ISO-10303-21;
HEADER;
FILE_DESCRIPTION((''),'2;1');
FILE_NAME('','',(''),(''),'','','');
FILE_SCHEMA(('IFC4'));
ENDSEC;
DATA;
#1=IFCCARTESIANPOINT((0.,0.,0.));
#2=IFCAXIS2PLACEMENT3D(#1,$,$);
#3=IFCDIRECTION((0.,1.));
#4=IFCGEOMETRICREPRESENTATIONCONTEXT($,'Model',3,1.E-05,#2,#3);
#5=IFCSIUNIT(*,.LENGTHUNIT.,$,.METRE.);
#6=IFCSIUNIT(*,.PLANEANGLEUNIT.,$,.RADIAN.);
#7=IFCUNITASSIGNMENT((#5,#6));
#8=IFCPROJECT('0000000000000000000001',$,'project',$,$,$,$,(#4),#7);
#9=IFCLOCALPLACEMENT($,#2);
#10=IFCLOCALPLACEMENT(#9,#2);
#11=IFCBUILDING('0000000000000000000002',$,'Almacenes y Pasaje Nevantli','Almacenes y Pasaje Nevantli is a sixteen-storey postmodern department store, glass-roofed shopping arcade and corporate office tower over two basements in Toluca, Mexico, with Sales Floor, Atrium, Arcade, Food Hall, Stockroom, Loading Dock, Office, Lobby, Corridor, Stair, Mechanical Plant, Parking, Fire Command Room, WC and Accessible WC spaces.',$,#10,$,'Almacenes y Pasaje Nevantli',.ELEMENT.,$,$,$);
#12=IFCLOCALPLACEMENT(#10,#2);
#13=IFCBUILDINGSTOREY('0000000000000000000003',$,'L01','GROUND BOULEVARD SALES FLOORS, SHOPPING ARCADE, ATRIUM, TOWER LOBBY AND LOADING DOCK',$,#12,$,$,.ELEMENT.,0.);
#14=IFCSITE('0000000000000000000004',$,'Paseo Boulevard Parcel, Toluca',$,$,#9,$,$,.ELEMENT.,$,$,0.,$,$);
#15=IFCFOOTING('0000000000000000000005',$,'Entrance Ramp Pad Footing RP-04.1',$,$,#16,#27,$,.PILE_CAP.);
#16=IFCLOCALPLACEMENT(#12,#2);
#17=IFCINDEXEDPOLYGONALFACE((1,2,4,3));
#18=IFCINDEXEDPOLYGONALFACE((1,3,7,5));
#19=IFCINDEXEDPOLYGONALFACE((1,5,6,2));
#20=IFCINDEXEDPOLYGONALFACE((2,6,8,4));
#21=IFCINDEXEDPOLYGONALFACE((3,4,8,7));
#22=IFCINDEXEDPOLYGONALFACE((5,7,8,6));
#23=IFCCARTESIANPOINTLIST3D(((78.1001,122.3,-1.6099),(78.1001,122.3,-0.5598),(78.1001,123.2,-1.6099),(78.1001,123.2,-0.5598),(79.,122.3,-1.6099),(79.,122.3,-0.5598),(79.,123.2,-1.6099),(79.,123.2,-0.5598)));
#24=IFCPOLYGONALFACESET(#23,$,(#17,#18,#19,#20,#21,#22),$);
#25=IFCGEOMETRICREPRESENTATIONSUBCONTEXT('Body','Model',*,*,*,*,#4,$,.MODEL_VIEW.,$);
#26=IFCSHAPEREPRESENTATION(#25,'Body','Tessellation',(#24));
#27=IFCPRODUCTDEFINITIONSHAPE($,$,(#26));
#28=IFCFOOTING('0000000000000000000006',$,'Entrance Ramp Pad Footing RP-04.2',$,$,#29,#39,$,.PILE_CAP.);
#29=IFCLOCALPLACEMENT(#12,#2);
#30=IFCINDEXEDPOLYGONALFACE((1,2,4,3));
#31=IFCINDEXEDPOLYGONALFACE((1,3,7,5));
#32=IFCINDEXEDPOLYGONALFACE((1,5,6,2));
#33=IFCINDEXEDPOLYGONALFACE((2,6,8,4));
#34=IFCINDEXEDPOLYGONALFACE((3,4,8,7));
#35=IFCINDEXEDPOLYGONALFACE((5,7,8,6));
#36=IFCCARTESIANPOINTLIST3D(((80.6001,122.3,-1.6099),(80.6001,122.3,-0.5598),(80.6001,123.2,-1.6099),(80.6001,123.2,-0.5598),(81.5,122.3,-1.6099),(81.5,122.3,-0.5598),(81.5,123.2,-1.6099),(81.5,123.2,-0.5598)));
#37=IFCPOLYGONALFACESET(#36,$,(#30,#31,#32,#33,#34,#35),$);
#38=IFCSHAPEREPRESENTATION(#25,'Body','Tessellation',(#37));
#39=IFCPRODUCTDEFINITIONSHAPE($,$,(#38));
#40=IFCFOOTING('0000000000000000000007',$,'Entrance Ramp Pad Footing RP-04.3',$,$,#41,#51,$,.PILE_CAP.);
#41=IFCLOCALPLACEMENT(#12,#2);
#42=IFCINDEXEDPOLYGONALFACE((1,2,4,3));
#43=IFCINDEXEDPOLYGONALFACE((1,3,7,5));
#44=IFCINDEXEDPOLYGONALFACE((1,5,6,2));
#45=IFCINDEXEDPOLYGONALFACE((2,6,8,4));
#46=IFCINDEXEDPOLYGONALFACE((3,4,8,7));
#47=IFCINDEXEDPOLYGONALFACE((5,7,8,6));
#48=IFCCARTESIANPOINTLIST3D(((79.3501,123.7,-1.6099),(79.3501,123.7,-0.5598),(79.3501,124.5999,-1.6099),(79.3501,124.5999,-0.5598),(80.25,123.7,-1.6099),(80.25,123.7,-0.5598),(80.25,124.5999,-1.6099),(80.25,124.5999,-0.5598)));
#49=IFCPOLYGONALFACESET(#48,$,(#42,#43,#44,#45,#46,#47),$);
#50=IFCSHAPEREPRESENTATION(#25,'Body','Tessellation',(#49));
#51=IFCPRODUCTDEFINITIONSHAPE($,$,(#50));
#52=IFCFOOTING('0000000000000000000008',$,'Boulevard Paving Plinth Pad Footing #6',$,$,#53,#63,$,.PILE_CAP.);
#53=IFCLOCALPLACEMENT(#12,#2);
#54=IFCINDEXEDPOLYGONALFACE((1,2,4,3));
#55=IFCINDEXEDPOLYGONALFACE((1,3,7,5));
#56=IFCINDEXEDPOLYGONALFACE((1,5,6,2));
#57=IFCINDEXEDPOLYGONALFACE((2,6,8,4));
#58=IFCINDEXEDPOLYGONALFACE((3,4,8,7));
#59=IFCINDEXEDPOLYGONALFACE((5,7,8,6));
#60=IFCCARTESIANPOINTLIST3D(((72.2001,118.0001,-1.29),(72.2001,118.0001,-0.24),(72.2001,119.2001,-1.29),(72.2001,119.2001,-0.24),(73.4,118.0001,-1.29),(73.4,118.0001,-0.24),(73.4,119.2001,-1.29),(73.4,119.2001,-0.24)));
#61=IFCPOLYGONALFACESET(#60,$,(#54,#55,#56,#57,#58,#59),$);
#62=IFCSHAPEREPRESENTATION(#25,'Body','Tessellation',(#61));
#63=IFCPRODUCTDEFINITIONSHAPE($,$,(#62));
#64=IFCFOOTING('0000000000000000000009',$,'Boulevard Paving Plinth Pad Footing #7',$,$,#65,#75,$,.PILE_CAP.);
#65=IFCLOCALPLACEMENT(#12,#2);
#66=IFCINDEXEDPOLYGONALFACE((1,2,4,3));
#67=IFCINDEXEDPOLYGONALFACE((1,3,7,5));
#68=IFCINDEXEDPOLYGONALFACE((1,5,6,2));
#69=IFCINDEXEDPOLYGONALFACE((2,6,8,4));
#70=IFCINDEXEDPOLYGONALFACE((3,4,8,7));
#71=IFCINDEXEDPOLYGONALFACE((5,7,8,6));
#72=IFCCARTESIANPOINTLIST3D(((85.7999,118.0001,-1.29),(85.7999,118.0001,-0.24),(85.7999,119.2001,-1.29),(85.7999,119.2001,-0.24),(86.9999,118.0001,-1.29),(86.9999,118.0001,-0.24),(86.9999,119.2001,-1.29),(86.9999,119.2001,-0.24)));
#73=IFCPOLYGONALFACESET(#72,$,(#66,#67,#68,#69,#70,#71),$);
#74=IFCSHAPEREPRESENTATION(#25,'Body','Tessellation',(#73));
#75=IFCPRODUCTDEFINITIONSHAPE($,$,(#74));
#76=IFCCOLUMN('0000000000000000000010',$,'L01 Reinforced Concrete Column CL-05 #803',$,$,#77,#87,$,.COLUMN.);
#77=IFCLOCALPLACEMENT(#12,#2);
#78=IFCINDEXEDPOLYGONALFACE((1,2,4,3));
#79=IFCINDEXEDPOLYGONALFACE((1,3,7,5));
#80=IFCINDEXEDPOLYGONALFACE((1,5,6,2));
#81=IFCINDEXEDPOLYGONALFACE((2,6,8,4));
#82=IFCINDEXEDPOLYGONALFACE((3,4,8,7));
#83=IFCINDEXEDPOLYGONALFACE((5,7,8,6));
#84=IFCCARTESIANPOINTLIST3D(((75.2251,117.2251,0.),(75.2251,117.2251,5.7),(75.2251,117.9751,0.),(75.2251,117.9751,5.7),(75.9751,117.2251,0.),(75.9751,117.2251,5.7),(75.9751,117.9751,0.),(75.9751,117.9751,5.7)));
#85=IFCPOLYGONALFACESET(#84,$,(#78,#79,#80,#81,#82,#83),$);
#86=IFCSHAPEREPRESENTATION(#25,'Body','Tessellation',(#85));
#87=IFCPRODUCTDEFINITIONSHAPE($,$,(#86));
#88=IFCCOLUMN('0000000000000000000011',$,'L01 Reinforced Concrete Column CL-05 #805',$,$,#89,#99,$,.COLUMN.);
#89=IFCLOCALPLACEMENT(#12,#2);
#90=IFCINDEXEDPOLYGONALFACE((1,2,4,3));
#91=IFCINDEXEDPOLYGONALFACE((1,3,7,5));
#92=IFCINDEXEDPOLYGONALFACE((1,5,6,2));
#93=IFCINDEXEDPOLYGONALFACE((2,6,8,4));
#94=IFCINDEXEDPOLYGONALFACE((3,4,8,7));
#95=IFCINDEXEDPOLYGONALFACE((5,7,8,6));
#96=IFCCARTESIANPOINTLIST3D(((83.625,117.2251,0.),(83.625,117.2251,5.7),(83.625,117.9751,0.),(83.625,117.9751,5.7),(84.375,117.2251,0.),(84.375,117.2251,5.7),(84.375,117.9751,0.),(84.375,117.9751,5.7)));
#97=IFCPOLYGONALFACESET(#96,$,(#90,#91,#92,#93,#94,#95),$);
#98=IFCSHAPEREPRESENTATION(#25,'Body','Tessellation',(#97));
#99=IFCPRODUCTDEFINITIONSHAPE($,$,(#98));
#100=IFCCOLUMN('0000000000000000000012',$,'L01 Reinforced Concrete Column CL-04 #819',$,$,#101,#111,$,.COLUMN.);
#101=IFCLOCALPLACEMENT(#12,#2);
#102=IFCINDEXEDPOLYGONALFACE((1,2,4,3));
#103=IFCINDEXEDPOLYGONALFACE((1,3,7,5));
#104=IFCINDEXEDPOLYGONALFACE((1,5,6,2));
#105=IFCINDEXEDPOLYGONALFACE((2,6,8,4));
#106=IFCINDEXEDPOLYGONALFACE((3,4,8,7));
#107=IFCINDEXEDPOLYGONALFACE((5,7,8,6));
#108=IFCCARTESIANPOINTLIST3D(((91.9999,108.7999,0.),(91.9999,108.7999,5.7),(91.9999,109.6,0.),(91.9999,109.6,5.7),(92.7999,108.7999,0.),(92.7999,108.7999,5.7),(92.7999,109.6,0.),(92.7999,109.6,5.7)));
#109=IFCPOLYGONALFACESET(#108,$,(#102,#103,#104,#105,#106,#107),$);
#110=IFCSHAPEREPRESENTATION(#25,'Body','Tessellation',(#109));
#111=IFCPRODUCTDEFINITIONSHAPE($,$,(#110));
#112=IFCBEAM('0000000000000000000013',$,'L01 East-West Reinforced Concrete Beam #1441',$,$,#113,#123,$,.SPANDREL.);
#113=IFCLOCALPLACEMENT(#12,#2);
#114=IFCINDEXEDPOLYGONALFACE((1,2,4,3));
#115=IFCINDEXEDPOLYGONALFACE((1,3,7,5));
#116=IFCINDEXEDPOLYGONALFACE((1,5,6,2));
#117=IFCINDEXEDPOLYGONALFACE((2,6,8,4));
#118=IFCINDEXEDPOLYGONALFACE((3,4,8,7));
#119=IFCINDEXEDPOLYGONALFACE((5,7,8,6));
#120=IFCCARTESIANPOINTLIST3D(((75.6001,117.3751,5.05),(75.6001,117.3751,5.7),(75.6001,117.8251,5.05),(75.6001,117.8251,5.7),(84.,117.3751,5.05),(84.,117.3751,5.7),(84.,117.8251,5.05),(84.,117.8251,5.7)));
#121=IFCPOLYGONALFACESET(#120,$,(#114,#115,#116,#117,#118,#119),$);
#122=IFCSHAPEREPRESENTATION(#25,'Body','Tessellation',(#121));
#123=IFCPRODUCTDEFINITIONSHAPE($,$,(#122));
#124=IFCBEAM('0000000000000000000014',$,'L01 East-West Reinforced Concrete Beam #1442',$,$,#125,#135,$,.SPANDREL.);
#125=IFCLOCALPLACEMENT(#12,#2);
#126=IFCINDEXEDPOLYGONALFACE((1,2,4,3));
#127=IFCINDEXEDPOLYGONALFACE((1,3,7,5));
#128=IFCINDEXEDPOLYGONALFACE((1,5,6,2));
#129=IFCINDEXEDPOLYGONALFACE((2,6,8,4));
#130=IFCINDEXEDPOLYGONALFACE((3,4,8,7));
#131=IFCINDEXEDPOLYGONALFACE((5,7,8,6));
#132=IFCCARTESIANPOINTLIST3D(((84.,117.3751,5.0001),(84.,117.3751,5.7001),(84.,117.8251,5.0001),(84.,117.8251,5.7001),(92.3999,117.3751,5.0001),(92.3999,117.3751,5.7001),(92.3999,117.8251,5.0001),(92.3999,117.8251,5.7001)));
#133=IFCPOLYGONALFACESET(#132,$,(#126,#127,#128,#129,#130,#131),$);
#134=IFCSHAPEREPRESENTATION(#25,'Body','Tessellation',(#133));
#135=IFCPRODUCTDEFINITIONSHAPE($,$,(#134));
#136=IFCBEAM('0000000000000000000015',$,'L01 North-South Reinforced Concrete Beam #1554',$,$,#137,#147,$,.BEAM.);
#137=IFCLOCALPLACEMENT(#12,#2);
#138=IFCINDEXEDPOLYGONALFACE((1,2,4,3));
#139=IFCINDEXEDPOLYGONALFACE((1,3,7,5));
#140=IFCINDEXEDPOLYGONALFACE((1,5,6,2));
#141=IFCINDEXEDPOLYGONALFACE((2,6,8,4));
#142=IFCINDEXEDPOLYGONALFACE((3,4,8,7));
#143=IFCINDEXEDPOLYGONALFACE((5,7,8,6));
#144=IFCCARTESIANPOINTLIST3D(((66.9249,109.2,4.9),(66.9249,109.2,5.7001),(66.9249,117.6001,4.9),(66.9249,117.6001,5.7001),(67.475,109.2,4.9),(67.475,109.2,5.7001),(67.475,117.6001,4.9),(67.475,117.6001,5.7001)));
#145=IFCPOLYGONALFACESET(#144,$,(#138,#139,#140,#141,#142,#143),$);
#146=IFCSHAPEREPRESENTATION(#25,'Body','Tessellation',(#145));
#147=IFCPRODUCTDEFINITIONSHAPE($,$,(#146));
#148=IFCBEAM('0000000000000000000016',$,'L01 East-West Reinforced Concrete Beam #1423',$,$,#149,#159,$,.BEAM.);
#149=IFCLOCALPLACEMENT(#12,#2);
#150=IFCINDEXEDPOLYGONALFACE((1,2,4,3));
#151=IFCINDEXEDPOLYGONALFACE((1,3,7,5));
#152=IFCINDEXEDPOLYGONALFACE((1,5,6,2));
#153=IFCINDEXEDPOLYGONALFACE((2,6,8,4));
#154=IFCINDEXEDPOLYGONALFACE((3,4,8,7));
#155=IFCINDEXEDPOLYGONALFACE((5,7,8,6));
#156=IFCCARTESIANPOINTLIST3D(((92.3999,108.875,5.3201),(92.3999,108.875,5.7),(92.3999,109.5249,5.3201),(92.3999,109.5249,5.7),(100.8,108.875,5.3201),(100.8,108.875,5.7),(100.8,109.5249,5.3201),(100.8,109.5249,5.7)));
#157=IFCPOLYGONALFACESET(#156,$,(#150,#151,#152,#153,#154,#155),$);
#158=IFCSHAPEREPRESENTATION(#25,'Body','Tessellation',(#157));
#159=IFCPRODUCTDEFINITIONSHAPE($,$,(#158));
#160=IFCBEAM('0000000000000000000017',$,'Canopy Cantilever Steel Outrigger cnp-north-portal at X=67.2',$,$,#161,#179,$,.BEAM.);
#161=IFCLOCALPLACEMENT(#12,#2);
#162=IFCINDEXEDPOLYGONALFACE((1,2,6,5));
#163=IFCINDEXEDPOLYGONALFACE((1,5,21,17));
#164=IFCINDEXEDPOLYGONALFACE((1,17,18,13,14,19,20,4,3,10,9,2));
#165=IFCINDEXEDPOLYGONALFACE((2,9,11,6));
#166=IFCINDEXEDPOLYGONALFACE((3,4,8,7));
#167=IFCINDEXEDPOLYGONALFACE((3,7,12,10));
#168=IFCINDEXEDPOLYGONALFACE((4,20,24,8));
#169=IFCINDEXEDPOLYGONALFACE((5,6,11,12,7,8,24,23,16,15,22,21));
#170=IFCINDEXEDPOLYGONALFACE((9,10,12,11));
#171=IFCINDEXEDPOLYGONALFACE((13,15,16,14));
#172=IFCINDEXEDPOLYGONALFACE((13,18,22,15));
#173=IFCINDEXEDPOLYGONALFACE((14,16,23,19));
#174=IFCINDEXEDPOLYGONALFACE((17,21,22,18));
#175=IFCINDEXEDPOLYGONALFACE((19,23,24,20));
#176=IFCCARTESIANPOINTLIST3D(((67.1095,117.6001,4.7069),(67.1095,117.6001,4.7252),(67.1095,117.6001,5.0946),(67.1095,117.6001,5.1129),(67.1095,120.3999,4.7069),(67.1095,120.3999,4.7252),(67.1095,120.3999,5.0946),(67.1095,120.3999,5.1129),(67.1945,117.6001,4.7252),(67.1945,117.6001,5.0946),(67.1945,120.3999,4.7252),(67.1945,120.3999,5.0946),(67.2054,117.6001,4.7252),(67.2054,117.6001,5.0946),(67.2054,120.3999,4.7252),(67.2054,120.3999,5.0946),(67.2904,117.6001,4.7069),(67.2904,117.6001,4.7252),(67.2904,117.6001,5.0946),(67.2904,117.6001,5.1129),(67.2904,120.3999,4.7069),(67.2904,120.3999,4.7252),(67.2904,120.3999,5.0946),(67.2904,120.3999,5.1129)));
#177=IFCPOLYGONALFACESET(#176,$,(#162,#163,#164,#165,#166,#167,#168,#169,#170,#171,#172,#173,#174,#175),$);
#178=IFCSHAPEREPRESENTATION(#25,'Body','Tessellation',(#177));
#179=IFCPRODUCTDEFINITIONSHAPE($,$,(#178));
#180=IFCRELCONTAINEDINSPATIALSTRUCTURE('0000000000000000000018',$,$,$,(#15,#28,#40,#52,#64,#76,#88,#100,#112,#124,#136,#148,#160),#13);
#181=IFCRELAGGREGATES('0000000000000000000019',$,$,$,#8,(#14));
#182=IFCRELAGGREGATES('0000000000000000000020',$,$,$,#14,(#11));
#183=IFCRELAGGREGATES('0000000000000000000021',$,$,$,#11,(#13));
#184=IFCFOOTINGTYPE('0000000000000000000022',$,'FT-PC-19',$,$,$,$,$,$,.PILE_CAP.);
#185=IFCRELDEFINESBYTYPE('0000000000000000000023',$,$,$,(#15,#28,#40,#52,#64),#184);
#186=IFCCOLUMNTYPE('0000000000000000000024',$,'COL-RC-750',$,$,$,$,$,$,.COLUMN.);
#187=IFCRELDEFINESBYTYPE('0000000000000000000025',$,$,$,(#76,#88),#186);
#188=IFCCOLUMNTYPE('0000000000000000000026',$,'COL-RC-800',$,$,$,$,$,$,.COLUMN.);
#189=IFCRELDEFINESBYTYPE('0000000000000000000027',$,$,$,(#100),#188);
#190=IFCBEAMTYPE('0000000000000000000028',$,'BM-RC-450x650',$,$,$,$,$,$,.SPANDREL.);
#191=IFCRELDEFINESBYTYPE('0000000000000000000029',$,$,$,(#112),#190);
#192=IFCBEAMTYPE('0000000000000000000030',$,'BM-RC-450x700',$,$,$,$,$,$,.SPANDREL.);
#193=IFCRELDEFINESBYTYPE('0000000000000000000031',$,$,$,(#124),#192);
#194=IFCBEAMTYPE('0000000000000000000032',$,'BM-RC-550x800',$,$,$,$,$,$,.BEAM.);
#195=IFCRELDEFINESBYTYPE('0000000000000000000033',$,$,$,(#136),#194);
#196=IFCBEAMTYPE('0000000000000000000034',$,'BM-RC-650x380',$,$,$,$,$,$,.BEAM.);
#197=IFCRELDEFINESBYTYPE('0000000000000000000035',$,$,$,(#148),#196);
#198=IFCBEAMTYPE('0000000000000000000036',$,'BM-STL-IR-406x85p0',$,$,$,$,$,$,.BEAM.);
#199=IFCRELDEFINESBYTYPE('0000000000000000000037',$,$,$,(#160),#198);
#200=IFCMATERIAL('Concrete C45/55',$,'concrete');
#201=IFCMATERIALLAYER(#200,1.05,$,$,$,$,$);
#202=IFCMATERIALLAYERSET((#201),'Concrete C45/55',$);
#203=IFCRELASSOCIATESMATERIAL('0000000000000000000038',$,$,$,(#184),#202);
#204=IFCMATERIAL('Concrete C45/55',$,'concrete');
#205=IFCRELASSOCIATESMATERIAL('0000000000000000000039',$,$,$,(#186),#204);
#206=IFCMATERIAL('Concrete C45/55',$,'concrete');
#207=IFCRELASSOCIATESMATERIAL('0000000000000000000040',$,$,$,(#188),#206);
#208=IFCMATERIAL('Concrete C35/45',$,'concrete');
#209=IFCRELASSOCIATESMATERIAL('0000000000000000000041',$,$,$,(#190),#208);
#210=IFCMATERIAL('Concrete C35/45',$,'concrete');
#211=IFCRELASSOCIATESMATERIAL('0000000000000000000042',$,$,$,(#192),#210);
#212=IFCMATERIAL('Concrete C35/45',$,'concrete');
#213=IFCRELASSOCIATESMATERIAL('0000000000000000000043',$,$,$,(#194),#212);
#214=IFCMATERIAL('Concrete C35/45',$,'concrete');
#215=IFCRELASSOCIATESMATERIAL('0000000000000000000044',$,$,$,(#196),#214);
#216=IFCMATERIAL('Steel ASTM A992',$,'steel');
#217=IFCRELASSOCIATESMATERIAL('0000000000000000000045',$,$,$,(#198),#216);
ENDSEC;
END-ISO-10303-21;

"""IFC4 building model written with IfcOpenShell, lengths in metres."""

from ifc_helpers import new_model, si_unit, direction, frame, origin, origin_2d, place, context, subcontext, project, spatial, rectangle, i_section, extrude, material, layer, layer_set, material_profile, profile_set, type_object, element, save


model = new_model("IFC4")

# Units and contexts
model_context = context("Model", 3, precision=1e-05, world=origin(), true_north=direction((0.0, 1.0)))
body_context = subcontext(model_context, "Body", "Model", "MODEL_VIEW")
ifc_project = project(units=[si_unit("LENGTHUNIT", "METRE"), si_unit("PLANEANGLEUNIT", "RADIAN")], contexts=[model_context])

# Site, building, storey
site_placement = place(None, origin())
site = spatial("IfcSite", under=ifc_project, at=site_placement, Name="Paseo Boulevard Parcel, Toluca", CompositionType="ELEMENT", RefElevation=0.0)
building_placement = place(site_placement, origin())
building = spatial("IfcBuilding", under=site, at=building_placement, Name="Almacenes y Pasaje Nevantli", Description="Almacenes y Pasaje Nevantli is a sixteen-storey postmodern department store, glass-roofed shopping arcade and corporate office tower over two basements in Toluca, Mexico, with Sales Floor, Atrium, Arcade, Food Hall, Stockroom, Loading Dock, Office, Lobby, Corridor, Stair, Mechanical Plant, Parking, Fire Command Room, WC and Accessible WC spaces.", LongName="Almacenes y Pasaje Nevantli", CompositionType="ELEMENT")
storey_placement = place(building_placement, origin())
storey = spatial("IfcBuildingStorey", under=building, at=storey_placement, Name="L01", Description="GROUND BOULEVARD SALES FLOORS, SHOPPING ARCADE, ATRIUM, TOWER LOBBY AND LOADING DOCK", CompositionType="ELEMENT", Elevation=0.0)

# Footings
ifc_material_1 = material(Name="Concrete C45/55", Category="concrete")
ifc_layer_1 = layer(ifc_material_1, 1.05)
ifc_layer_set_1 = layer_set([ifc_layer_1], Name="Concrete C45/55")
footing_type = type_object("IfcFootingType", Name="FT-PC-19", PredefinedType="PILE_CAP", material=ifc_layer_set_1)
for number, where, z_axis, x_axis, name in (
    (1, (78.55, 122.75, -1.6099), (0.0, 0.0, 1.0), (1.0, 0.0, 0.0), "Entrance Ramp Pad Footing RP-04.1"),
    (2, (81.05, 122.75, -1.6099), (0.0, 0.0, 1.0), (1.0, 0.0, 0.0), "Entrance Ramp Pad Footing RP-04.2"),
    (3, (79.8, 124.1499, -1.6099), (0.0, 0.0, 1.0), (1.0, 0.0, 0.0), "Entrance Ramp Pad Footing RP-04.3"),
):
    element("IfcFooting", number, at=place(storey_placement, frame(where, z_axis=z_axis, x_axis=x_axis)), inside=storey, type_object=footing_type, Name=name, PredefinedType="PILE_CAP", context=body_context, shape_type="SweptSolid", body=[
        extrude(rectangle(XDim=0.8999, YDim=0.8999, at=origin_2d()), origin(), (0.0, 0.0, 1.0), 1.05),
    ])
for number, where, z_axis, x_axis, name in (
    (4, (72.8, 118.6001, -1.29), (0.0, 0.0, 1.0), (1.0, 0.0, 0.0), "Boulevard Paving Plinth Pad Footing #6"),
    (5, (86.3999, 118.6001, -1.29), (0.0, 0.0, 1.0), (1.0, 0.0, 0.0), "Boulevard Paving Plinth Pad Footing #7"),
):
    element("IfcFooting", number, at=place(storey_placement, frame(where, z_axis=z_axis, x_axis=x_axis)), inside=storey, type_object=footing_type, Name=name, PredefinedType="PILE_CAP", context=body_context, shape_type="SweptSolid", body=[
        extrude(rectangle(XDim=1.2, YDim=1.2, at=origin_2d()), origin(), (0.0, 0.0, 1.0), 1.05),
    ])

# Columns
ifc_material_2 = material(Name="Concrete C45/55", Category="concrete")
ifc_material_profile_1 = material_profile(ifc_material_2, rectangle(XDim=0.75, YDim=0.75, at=origin_2d()), Name="RC-COL-750x750")
ifc_profile_set_1 = profile_set([ifc_material_profile_1], Name="Concrete C45/55")
column_type_1 = type_object("IfcColumnType", Name="COL-RC-750", PredefinedType="COLUMN", material=ifc_profile_set_1)
for number, where, z_axis, x_axis, name in (
    (6, (75.6001, 117.6001, 0.0), (0.0, 0.0, 1.0), (1.0, 0.0, 0.0), "L01 Reinforced Concrete Column CL-05 #803"),
    (7, (84.0, 117.6001, 0.0), (0.0, 0.0, 1.0), (1.0, 0.0, 0.0), "L01 Reinforced Concrete Column CL-05 #805"),
):
    element("IfcColumn", number, at=place(storey_placement, frame(where, z_axis=z_axis, x_axis=x_axis)), inside=storey, type_object=column_type_1, Name=name, PredefinedType="COLUMN", context=body_context, shape_type="SweptSolid", body=[
        extrude(rectangle(XDim=0.75, YDim=0.75, at=origin_2d()), origin(), (0.0, 0.0, 1.0), 5.7),
    ])
ifc_material_3 = material(Name="Concrete C45/55", Category="concrete")
ifc_material_profile_2 = material_profile(ifc_material_3, rectangle(XDim=0.8, YDim=0.8, at=origin_2d()), Name="RC-COL-800x800")
ifc_profile_set_2 = profile_set([ifc_material_profile_2], Name="Concrete C45/55")
column_type_2 = type_object("IfcColumnType", Name="COL-RC-800", PredefinedType="COLUMN", material=ifc_profile_set_2)
column_placement = place(storey_placement, frame((92.3999, 109.2, 0.0), z_axis=(0.0, 0.0, 1.0), x_axis=(1.0, 0.0, 0.0)))
element("IfcColumn", 8, at=column_placement, inside=storey, type_object=column_type_2, Name="L01 Reinforced Concrete Column CL-04 #819", PredefinedType="COLUMN", context=body_context, shape_type="SweptSolid", body=[
    extrude(rectangle(XDim=0.8, YDim=0.8, at=origin_2d()), origin(), (0.0, 0.0, 1.0), 5.7),
])

# Beams
ifc_material_4 = material(Name="Concrete C35/45", Category="concrete")
ifc_material_profile_3 = material_profile(ifc_material_4, rectangle(XDim=0.45, YDim=0.6499, at=origin_2d()), Name="RC-BM-450x650")
ifc_profile_set_3 = profile_set([ifc_material_profile_3], Name="Concrete C35/45")
beam_type_1 = type_object("IfcBeamType", Name="BM-RC-450x650", PredefinedType="SPANDREL", material=ifc_profile_set_3)
beam_1_placement = place(storey_placement, frame((75.6001, 117.6001, 5.375), z_axis=(1.0, 0.0, 0.0), x_axis=(0.0, 1.0, 0.0)))
element("IfcBeam", 9, at=beam_1_placement, inside=storey, type_object=beam_type_1, Name="L01 East-West Reinforced Concrete Beam #1441", PredefinedType="SPANDREL", context=body_context, shape_type="SweptSolid", body=[
    extrude(rectangle(XDim=0.45, YDim=0.6499, at=origin_2d()), origin(), (0.0, 0.0, 1.0), 8.3999),
])
ifc_material_5 = material(Name="Concrete C35/45", Category="concrete")
ifc_material_profile_4 = material_profile(ifc_material_5, rectangle(XDim=0.45, YDim=0.7, at=origin_2d()), Name="RC-BM-450x700")
ifc_profile_set_4 = profile_set([ifc_material_profile_4], Name="Concrete C35/45")
beam_type_2 = type_object("IfcBeamType", Name="BM-RC-450x700", PredefinedType="SPANDREL", material=ifc_profile_set_4)
beam_2_placement = place(storey_placement, frame((84.0, 117.6001, 5.3501), z_axis=(1.0, 0.0, 0.0), x_axis=(0.0, 1.0, 0.0)))
element("IfcBeam", 10, at=beam_2_placement, inside=storey, type_object=beam_type_2, Name="L01 East-West Reinforced Concrete Beam #1442", PredefinedType="SPANDREL", context=body_context, shape_type="SweptSolid", body=[
    extrude(rectangle(XDim=0.45, YDim=0.7, at=origin_2d()), origin(), (0.0, 0.0, 1.0), 8.3999),
])
ifc_material_6 = material(Name="Concrete C35/45", Category="concrete")
ifc_material_profile_5 = material_profile(ifc_material_6, rectangle(XDim=0.55, YDim=0.8, at=origin_2d()), Name="RC-BM-550x800")
ifc_profile_set_5 = profile_set([ifc_material_profile_5], Name="Concrete C35/45")
beam_type_3 = type_object("IfcBeamType", Name="BM-RC-550x800", PredefinedType="BEAM", material=ifc_profile_set_5)
beam_3_placement = place(storey_placement, frame((67.2, 109.2, 5.3), z_axis=(0.0, 1.0, 0.0), x_axis=(-1.0, 0.0, 0.0)))
element("IfcBeam", 11, at=beam_3_placement, inside=storey, type_object=beam_type_3, Name="L01 North-South Reinforced Concrete Beam #1554", PredefinedType="BEAM", context=body_context, shape_type="SweptSolid", body=[
    extrude(rectangle(XDim=0.55, YDim=0.8, at=origin_2d()), origin(), (0.0, 0.0, 1.0), 8.4001),
])
ifc_material_7 = material(Name="Concrete C35/45", Category="concrete")
ifc_material_profile_6 = material_profile(ifc_material_7, rectangle(XDim=0.6499, YDim=0.3799, at=origin_2d()), Name="RC-BM-650x380")
ifc_profile_set_6 = profile_set([ifc_material_profile_6], Name="Concrete C35/45")
beam_type_4 = type_object("IfcBeamType", Name="BM-RC-650x380", PredefinedType="BEAM", material=ifc_profile_set_6)
beam_4_placement = place(storey_placement, frame((92.3999, 109.2, 5.51), z_axis=(1.0, 0.0, 0.0), x_axis=(0.0, 1.0, 0.0)))
element("IfcBeam", 12, at=beam_4_placement, inside=storey, type_object=beam_type_4, Name="L01 East-West Reinforced Concrete Beam #1423", PredefinedType="BEAM", context=body_context, shape_type="SweptSolid", body=[
    extrude(rectangle(XDim=0.6499, YDim=0.3799, at=origin_2d()), origin(), (0.0, 0.0, 1.0), 8.4001),
])
ifc_material_8 = material(Name="Steel ASTM A992", Category="steel")
ifc_material_profile_7 = material_profile(ifc_material_8, i_section(OverallWidth=0.1809, OverallDepth=0.406, WebThickness=0.011, FlangeThickness=0.0183, at=origin_2d()), Name="IR 406x85.0")
ifc_profile_set_7 = profile_set([ifc_material_profile_7], Name="Steel ASTM A992")
beam_type_5 = type_object("IfcBeamType", Name="BM-STL-IR-406x85p0", PredefinedType="BEAM", material=ifc_profile_set_7)
for number, where, z_axis, x_axis, name in (
    (13, (67.2, 117.6001, 4.9099), (0.0, 1.0, 0.0), (-1.0, 0.0, 0.0), "Canopy Cantilever Steel Outrigger cnp-north-portal at X=67.2"),
):
    element("IfcBeam", number, at=place(storey_placement, frame(where, z_axis=z_axis, x_axis=x_axis)), inside=storey, type_object=beam_type_5, Name=name, PredefinedType="BEAM", context=body_context, shape_type="SweptSolid", body=[
        extrude(i_section(OverallWidth=0.1809, OverallDepth=0.406, WebThickness=0.011, FlangeThickness=0.0183, at=origin_2d()), origin(), (0.0, 0.0, 1.0), 2.7998),
    ])

save(model, "model.ifc")
